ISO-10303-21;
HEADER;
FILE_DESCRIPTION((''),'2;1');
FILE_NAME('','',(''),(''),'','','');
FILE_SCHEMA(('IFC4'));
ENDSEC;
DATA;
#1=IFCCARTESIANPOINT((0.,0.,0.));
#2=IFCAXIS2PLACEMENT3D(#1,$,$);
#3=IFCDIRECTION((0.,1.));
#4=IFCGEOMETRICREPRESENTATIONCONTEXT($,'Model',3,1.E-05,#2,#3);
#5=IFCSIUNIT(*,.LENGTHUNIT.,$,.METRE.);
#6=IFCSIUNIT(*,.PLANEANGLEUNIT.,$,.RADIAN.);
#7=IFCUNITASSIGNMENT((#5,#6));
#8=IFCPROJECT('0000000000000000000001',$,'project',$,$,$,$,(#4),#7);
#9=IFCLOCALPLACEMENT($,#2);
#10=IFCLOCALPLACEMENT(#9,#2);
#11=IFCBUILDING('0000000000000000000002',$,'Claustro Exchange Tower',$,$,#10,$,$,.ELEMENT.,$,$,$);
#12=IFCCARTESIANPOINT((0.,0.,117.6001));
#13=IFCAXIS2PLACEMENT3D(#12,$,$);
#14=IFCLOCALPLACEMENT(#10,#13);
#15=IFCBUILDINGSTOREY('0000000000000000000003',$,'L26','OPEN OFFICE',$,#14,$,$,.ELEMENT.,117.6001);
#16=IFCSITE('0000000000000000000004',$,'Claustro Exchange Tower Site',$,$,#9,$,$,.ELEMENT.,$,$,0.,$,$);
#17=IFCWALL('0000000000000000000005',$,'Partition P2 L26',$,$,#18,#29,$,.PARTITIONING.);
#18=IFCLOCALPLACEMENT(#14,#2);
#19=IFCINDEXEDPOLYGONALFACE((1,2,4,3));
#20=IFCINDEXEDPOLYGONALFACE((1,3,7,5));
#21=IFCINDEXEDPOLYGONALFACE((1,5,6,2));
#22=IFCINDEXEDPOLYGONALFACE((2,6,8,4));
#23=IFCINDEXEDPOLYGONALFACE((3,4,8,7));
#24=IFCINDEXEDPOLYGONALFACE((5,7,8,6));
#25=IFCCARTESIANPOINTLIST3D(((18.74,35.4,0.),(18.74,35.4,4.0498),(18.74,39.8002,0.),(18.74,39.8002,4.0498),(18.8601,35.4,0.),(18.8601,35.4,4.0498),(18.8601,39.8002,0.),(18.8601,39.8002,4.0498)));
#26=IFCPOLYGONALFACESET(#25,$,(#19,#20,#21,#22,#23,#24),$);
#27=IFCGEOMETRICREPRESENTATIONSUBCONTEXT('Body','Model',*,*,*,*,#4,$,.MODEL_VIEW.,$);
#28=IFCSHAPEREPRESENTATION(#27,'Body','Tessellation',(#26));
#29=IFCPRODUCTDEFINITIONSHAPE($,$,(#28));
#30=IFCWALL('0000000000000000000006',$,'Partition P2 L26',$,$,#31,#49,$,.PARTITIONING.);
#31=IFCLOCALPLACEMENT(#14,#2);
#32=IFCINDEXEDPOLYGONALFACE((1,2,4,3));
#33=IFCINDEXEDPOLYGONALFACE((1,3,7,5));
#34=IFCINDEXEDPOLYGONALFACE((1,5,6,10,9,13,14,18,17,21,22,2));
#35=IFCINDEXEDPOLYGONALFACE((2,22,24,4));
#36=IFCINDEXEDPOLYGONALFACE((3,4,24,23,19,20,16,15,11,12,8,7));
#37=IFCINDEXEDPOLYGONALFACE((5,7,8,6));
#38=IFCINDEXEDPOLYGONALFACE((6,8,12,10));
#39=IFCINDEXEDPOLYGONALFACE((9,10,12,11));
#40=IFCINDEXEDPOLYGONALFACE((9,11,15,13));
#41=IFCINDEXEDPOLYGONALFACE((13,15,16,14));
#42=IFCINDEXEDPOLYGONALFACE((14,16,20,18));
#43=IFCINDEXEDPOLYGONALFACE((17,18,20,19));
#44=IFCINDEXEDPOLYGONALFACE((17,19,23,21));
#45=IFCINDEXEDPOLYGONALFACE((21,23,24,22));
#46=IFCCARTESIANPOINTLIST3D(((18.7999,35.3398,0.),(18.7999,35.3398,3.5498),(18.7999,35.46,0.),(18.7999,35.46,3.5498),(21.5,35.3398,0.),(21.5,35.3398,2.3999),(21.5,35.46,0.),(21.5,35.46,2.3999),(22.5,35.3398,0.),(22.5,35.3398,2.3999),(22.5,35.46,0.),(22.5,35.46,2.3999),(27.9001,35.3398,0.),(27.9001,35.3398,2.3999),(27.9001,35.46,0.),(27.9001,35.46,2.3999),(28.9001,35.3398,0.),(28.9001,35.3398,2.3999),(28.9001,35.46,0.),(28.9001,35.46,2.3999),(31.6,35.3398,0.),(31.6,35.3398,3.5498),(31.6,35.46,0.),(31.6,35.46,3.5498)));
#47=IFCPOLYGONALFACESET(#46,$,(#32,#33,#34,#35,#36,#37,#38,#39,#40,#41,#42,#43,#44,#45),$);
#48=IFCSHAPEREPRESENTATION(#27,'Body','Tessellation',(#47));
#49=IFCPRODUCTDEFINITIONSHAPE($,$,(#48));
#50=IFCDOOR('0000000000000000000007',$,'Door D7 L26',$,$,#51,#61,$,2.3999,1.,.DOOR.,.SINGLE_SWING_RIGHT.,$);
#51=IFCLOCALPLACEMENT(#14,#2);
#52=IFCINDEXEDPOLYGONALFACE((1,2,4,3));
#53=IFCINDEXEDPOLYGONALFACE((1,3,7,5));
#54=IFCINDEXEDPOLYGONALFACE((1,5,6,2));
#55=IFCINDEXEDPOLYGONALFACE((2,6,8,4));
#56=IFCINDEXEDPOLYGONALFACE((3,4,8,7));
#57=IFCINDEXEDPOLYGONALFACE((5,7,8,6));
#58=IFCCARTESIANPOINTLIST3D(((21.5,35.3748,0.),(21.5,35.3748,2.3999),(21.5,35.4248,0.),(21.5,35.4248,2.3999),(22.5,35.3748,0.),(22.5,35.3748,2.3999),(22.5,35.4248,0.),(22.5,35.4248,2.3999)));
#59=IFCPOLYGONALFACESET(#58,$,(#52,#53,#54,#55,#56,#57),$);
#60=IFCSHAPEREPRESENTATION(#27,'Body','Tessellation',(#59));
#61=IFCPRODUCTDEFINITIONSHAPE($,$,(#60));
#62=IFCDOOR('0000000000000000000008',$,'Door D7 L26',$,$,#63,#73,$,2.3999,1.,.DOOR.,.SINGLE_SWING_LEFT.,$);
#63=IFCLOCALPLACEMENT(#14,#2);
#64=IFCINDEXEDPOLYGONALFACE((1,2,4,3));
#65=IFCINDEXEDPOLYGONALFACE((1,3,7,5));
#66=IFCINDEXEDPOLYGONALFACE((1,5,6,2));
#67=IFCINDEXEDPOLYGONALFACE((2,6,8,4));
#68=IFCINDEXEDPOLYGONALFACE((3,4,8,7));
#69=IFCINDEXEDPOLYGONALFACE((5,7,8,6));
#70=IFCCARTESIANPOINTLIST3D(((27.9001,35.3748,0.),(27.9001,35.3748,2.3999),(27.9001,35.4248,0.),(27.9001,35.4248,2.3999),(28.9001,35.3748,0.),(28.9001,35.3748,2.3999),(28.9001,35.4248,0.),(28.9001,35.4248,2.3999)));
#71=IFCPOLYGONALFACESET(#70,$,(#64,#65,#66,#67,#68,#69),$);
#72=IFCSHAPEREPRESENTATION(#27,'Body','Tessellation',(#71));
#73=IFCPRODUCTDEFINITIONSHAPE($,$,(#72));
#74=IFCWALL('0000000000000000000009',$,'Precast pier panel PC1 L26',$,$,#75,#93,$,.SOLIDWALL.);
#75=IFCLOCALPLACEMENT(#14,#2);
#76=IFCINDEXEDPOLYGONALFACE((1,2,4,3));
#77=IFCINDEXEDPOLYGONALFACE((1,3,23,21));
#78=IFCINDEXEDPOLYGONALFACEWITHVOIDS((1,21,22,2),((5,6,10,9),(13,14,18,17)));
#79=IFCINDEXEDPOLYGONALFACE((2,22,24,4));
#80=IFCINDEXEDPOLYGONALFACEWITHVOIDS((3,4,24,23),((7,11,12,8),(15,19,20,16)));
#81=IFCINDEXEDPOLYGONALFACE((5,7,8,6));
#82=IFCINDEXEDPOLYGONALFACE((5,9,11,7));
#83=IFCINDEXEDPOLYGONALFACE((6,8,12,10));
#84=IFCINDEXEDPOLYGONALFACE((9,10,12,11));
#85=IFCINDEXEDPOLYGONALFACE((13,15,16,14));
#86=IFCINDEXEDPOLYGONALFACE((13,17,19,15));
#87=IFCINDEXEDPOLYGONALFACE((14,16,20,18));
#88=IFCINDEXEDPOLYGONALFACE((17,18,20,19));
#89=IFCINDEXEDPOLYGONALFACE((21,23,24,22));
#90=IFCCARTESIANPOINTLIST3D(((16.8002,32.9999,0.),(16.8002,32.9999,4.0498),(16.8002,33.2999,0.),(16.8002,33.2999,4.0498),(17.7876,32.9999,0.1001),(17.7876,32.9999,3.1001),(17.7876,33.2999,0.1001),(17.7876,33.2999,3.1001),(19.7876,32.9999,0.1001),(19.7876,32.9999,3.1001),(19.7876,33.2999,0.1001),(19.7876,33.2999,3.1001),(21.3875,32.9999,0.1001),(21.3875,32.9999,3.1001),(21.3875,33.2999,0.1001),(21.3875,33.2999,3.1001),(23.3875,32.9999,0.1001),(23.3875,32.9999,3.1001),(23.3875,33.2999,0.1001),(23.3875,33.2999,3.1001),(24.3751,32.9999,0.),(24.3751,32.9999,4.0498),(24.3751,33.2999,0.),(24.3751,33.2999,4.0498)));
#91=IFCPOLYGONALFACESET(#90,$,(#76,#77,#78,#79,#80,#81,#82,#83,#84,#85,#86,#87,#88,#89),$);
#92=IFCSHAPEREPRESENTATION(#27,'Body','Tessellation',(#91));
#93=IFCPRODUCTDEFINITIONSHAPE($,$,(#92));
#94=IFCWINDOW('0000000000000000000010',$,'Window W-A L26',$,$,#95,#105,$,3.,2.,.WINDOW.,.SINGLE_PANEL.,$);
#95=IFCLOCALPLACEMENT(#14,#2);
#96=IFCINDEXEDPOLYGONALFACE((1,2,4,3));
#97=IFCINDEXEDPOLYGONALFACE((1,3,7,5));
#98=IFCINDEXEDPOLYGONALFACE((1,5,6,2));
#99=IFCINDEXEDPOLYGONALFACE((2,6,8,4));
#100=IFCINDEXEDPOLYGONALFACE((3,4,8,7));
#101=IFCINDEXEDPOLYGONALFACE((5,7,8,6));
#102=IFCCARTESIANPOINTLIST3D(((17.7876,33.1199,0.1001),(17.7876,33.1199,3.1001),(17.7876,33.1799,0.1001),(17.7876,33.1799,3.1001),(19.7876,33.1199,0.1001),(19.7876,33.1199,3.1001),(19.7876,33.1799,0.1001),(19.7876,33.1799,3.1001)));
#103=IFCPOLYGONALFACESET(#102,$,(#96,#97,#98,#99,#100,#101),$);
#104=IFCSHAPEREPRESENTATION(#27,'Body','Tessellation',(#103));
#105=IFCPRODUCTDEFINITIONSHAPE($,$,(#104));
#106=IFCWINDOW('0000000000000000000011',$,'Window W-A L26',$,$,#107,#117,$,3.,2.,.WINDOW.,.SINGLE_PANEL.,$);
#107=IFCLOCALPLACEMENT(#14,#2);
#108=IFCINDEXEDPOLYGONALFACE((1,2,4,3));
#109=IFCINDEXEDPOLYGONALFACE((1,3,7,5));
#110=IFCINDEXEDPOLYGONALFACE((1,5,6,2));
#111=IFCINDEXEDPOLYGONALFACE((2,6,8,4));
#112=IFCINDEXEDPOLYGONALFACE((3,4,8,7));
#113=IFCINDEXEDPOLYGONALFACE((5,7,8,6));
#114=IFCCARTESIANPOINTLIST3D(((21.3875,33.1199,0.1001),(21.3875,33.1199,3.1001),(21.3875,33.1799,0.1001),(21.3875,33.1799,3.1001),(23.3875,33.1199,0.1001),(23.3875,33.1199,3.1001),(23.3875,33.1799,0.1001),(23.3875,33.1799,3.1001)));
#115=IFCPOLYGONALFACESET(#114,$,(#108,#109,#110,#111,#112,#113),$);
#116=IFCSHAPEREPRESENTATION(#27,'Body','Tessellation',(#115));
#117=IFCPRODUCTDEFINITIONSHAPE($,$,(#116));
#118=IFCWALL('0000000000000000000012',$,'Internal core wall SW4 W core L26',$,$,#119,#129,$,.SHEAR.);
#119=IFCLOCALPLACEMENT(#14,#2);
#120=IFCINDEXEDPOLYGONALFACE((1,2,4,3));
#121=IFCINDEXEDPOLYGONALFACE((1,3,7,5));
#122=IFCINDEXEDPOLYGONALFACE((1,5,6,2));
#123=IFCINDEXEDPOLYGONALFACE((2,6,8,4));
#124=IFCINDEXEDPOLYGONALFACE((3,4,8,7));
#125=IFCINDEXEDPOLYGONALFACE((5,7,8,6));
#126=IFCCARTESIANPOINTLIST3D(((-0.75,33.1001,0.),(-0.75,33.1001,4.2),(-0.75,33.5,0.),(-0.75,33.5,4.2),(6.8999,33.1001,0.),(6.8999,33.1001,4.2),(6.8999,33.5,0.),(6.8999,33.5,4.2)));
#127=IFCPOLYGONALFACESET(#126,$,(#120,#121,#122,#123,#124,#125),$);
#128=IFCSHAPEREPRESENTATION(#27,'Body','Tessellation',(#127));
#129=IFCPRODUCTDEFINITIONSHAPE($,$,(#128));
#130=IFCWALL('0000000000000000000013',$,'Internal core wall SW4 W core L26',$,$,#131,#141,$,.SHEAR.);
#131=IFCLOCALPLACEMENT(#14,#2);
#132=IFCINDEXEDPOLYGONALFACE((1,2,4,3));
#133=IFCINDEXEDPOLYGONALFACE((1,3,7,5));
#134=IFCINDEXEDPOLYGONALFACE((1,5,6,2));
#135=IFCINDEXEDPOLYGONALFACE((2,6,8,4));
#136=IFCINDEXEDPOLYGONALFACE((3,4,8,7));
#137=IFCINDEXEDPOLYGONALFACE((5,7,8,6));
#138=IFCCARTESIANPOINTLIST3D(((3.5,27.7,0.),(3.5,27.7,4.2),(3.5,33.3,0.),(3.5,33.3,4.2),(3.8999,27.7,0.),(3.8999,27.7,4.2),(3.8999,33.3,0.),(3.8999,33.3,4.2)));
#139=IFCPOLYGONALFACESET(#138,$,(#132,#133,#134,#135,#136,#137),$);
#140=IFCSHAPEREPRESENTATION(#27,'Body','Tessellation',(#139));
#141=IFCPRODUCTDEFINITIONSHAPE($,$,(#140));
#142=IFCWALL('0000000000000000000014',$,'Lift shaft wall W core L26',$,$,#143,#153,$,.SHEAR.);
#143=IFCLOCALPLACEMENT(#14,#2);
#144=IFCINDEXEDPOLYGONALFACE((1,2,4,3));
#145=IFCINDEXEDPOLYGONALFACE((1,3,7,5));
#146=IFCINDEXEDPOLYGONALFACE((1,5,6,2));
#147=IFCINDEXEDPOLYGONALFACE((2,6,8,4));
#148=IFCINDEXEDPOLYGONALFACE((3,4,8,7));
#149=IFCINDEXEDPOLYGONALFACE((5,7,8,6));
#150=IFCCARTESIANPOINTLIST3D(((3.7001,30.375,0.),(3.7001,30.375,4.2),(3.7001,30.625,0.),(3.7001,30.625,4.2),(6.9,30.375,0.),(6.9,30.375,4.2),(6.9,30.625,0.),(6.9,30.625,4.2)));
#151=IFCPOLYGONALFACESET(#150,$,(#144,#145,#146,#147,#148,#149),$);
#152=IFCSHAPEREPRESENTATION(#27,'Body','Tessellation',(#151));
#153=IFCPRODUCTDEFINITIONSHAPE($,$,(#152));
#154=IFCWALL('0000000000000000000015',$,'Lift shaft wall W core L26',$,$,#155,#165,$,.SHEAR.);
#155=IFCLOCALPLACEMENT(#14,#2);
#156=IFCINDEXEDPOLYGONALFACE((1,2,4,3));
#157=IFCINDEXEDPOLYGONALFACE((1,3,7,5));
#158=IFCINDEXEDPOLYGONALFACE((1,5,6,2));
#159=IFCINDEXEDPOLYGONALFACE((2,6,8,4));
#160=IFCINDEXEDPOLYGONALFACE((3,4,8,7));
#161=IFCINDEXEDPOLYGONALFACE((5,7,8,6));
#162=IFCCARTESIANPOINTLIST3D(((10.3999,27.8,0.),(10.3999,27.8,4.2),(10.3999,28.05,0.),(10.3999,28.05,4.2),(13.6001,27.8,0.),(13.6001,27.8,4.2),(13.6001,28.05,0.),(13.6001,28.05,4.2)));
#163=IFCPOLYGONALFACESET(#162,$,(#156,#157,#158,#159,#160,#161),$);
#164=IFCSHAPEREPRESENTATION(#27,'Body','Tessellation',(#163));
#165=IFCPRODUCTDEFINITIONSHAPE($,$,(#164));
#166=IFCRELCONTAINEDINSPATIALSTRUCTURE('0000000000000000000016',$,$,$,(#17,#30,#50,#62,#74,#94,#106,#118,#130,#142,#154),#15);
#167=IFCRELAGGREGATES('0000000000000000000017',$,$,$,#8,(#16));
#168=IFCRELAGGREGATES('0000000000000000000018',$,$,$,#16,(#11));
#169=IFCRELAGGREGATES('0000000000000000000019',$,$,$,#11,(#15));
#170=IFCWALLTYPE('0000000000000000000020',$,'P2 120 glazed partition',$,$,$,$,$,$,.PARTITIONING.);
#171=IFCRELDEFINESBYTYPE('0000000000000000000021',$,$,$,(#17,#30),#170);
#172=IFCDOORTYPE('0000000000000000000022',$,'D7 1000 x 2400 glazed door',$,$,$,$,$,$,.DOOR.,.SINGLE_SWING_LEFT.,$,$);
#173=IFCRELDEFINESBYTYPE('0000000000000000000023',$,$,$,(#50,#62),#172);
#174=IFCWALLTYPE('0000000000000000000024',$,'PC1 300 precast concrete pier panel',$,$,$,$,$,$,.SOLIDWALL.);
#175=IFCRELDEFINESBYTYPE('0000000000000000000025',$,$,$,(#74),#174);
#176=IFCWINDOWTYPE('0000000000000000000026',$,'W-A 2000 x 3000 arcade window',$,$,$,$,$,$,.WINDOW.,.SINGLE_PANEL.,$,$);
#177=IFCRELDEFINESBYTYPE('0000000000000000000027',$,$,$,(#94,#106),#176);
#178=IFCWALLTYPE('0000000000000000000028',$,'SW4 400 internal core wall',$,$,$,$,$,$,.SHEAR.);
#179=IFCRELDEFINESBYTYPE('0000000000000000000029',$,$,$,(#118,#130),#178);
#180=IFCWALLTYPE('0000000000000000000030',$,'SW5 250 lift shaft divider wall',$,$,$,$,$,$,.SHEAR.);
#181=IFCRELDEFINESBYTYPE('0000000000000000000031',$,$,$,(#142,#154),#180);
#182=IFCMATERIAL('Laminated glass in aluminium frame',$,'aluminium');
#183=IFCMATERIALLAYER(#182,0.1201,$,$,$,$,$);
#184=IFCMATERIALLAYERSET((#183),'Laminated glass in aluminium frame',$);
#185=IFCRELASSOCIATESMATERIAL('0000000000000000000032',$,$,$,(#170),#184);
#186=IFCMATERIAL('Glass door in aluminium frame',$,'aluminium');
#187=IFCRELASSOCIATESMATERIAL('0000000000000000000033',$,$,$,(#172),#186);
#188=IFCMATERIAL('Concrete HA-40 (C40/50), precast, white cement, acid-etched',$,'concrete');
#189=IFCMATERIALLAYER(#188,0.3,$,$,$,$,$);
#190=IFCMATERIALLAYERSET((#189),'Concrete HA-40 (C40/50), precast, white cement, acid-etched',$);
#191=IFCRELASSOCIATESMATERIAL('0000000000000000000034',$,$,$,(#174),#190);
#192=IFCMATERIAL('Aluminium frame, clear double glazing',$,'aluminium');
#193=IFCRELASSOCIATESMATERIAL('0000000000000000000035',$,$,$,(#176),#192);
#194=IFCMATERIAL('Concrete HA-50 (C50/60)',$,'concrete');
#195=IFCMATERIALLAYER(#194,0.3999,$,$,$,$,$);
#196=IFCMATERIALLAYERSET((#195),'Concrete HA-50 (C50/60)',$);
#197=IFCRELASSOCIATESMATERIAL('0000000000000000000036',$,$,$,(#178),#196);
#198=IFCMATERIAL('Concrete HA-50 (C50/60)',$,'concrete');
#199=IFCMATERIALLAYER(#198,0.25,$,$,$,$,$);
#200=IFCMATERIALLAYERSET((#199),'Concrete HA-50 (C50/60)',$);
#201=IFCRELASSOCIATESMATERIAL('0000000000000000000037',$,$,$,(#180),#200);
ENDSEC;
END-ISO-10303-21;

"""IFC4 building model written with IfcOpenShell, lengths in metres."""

from ifc_helpers import new_model, si_unit, direction, frame, frame_2d, origin, place, context, subcontext, project, spatial, rectangle, extrude, material, layer, layer_set, type_object, element, fill, save


model = new_model("IFC4")

# Units and contexts
model_context = context("Model", 3, precision=1e-05, world=origin(), true_north=direction((0.0, 1.0)))
body_context = subcontext(model_context, "Body", "Model", "MODEL_VIEW")
ifc_project = project(units=[si_unit("LENGTHUNIT", "METRE"), si_unit("PLANEANGLEUNIT", "RADIAN")], contexts=[model_context])

# Site, building, storey
site_placement = place(None, origin())
site = spatial("IfcSite", under=ifc_project, at=site_placement, Name="Claustro Exchange Tower Site", CompositionType="ELEMENT", RefElevation=0.0)
building_placement = place(site_placement, origin())
building = spatial("IfcBuilding", under=site, at=building_placement, Name="Claustro Exchange Tower", CompositionType="ELEMENT")
storey_placement = place(building_placement, frame((0.0, 0.0, 117.6001)))
storey = spatial("IfcBuildingStorey", under=building, at=storey_placement, Name="L26", Description="OPEN OFFICE", CompositionType="ELEMENT", Elevation=117.6001)

# Wall
ifc_material_1 = material(Name="Laminated glass in aluminium frame", Category="aluminium")
ifc_layer_1 = layer(ifc_material_1, 0.1201)
ifc_layer_set_1 = layer_set([ifc_layer_1], Name="Laminated glass in aluminium frame")
wall_type_1 = type_object("IfcWallType", Name="P2 120 glazed partition", PredefinedType="PARTITIONING", material=ifc_layer_set_1)
wall_1_placement = place(storey_placement, frame((18.8, 35.3999, 0.0), z_axis=(0.0, 0.0, 1.0), x_axis=(0.0, 1.0, 0.0)))
element("IfcWall", 1, at=wall_1_placement, inside=storey, type_object=wall_type_1, Name="Partition P2 L26", PredefinedType="PARTITIONING", context=body_context, shape_type="SweptSolid", body=[
    extrude(rectangle(XDim=4.4001, YDim=0.1201, at=frame_2d((2.2002, 0.0))), origin(), (0.0, 0.0, 1.0), 4.0498),
])

# Wall, openings, doors
wall_2_placement = place(storey_placement, frame((18.8, 35.3999, 0.0), z_axis=(0.0, 0.0, 1.0), x_axis=(1.0, 0.0, 0.0)))
wall_2 = element("IfcWall", 2, at=wall_2_placement, inside=storey, type_object=wall_type_1, Name="Partition P2 L26", PredefinedType="PARTITIONING", context=body_context, shape_type="SweptSolid", body=[
    extrude(rectangle(XDim=12.8, YDim=0.1201, at=frame_2d((6.3999, 0.0))), origin(), (0.0, 0.0, 1.0), 3.5498),
])
opening_1_placement = place(wall_2_placement, frame((2.7, 0.0, 0.0)))
opening_1 = element("IfcOpeningElement", 3, at=opening_1_placement, cuts=wall_2, PredefinedType="OPENING", context=body_context, shape_type="SweptSolid", body=[
    extrude(rectangle(XDim=1.0, YDim=2.3999, at=frame_2d((0.5, 1.2))), frame((0.0, 0.0701, 0.0), z_axis=(0.0, -1.0, 0.0), x_axis=(1.0, 0.0, 0.0)), (0.0, 0.0, 1.0), 0.1401),
])
opening_2_placement = place(wall_2_placement, frame((9.1001, 0.0, 0.0)))
opening_2 = element("IfcOpeningElement", 4, at=opening_2_placement, cuts=wall_2, PredefinedType="OPENING", context=body_context, shape_type="SweptSolid", body=[
    extrude(rectangle(XDim=1.0, YDim=2.3999, at=frame_2d((0.5, 1.2))), frame((0.0, 0.0701, 0.0), z_axis=(0.0, -1.0, 0.0), x_axis=(1.0, 0.0, 0.0)), (0.0, 0.0, 1.0), 0.1401),
])
ifc_material_2 = material(Name="Glass door in aluminium frame", Category="aluminium")
door_type_1 = type_object("IfcDoorType", Name="D7 1000 x 2400 glazed door", OperationType="SINGLE_SWING_LEFT", PredefinedType="DOOR", material=ifc_material_2)
door_1_placement = place(opening_1_placement, origin())
door_1 = element("IfcDoor", 5, at=door_1_placement, inside=storey, type_object=door_type_1, Name="Door D7 L26", OperationType="SINGLE_SWING_RIGHT", OverallHeight=2.3999, OverallWidth=1.0, PredefinedType="DOOR", context=body_context, shape_type="SweptSolid", body=[
    extrude(rectangle(XDim=1.0, YDim=2.3999, at=frame_2d((0.5, 1.2))), frame((0.0, 0.0249, 0.0), z_axis=(0.0, -1.0, 0.0), x_axis=(1.0, 0.0, 0.0)), (0.0, 0.0, 1.0), 0.05),
])
fill(opening_1, door_1)
door_2_placement = place(opening_2_placement, origin())
door_2 = element("IfcDoor", 6, at=door_2_placement, inside=storey, type_object=door_type_1, Name="Door D7 L26", OperationType="SINGLE_SWING_LEFT", OverallHeight=2.3999, OverallWidth=1.0, PredefinedType="DOOR", context=body_context, shape_type="SweptSolid", body=[
    extrude(rectangle(XDim=1.0, YDim=2.3999, at=frame_2d((0.5, 1.2))), frame((0.0, 0.0249, 0.0), z_axis=(0.0, -1.0, 0.0), x_axis=(1.0, 0.0, 0.0)), (0.0, 0.0, 1.0), 0.05),
])
fill(opening_2, door_2)

# Wall, openings, windows
ifc_material_3 = material(Name="Concrete HA-40 (C40/50), precast, white cement, acid-etched", Category="concrete")
ifc_layer_2 = layer(ifc_material_3, 0.3)
ifc_layer_set_2 = layer_set([ifc_layer_2], Name="Concrete HA-40 (C40/50), precast, white cement, acid-etched")
wall_type_2 = type_object("IfcWallType", Name="PC1 300 precast concrete pier panel", PredefinedType="SOLIDWALL", material=ifc_layer_set_2)
wall_3_placement = place(storey_placement, frame((16.8, 33.1499, 0.0), z_axis=(0.0, 0.0, 1.0), x_axis=(1.0, 0.0, 0.0)))
wall_3 = element("IfcWall", 7, at=wall_3_placement, inside=storey, type_object=wall_type_2, Name="Precast pier panel PC1 L26", PredefinedType="SOLIDWALL", context=body_context, shape_type="SweptSolid", body=[
    extrude(rectangle(XDim=7.575, YDim=0.3, at=frame_2d((3.7876, 0.0))), origin(), (0.0, 0.0, 1.0), 4.0498),
])
opening_3_placement = place(wall_3_placement, frame((0.9875, 0.0, 0.1001)))
opening_3 = element("IfcOpeningElement", 8, at=opening_3_placement, cuts=wall_3, PredefinedType="OPENING", context=body_context, shape_type="SweptSolid", body=[
    extrude(rectangle(XDim=2.0, YDim=3.0, at=frame_2d((1.0, 1.5))), frame((0.0, 0.1599, 0.0), z_axis=(0.0, -1.0, 0.0), x_axis=(1.0, 0.0, 0.0)), (0.0, 0.0, 1.0), 0.3201),
])
opening_4_placement = place(wall_3_placement, frame((4.5874, 0.0, 0.1001)))
opening_4 = element("IfcOpeningElement", 9, at=opening_4_placement, cuts=wall_3, PredefinedType="OPENING", context=body_context, shape_type="SweptSolid", body=[
    extrude(rectangle(XDim=2.0, YDim=3.0, at=frame_2d((1.0, 1.5))), frame((0.0, 0.1599, 0.0), z_axis=(0.0, -1.0, 0.0), x_axis=(1.0, 0.0, 0.0)), (0.0, 0.0, 1.0), 0.3201),
])
ifc_material_4 = material(Name="Aluminium frame, clear double glazing", Category="aluminium")
window_type = type_object("IfcWindowType", Name="W-A 2000 x 3000 arcade window", PartitioningType="SINGLE_PANEL", PredefinedType="WINDOW", material=ifc_material_4)
window_1_placement = place(opening_3_placement, origin())
window_1 = element("IfcWindow", 10, at=window_1_placement, inside=storey, type_object=window_type, Name="Window W-A L26", OverallHeight=3.0, OverallWidth=2.0, PartitioningType="SINGLE_PANEL", PredefinedType="WINDOW", context=body_context, shape_type="SweptSolid", body=[
    extrude(rectangle(XDim=2.0, YDim=3.0, at=frame_2d((1.0, 1.5))), frame((0.0, 0.03, 0.0), z_axis=(0.0, -1.0, 0.0), x_axis=(1.0, 0.0, 0.0)), (0.0, 0.0, 1.0), 0.0601),
])
fill(opening_3, window_1)
window_2_placement = place(opening_4_placement, origin())
window_2 = element("IfcWindow", 11, at=window_2_placement, inside=storey, type_object=window_type, Name="Window W-A L26", OverallHeight=3.0, OverallWidth=2.0, PartitioningType="SINGLE_PANEL", PredefinedType="WINDOW", context=body_context, shape_type="SweptSolid", body=[
    extrude(rectangle(XDim=2.0, YDim=3.0, at=frame_2d((1.0, 1.5))), frame((0.0, 0.03, 0.0), z_axis=(0.0, -1.0, 0.0), x_axis=(1.0, 0.0, 0.0)), (0.0, 0.0, 1.0), 0.0601),
])
fill(opening_4, window_2)

# Walls
ifc_material_5 = material(Name="Concrete HA-50 (C50/60)", Category="concrete")
ifc_layer_3 = layer(ifc_material_5, 0.3999)
ifc_layer_set_3 = layer_set([ifc_layer_3], Name="Concrete HA-50 (C50/60)")
wall_type_3 = type_object("IfcWallType", Name="SW4 400 internal core wall", PredefinedType="SHEAR", material=ifc_layer_set_3)
wall_4_placement = place(storey_placement, frame((-0.75, 33.3, 0.0), z_axis=(0.0, 0.0, 1.0), x_axis=(1.0, 0.0, 0.0)))
element("IfcWall", 12, at=wall_4_placement, inside=storey, type_object=wall_type_3, Name="Internal core wall SW4 W core L26", PredefinedType="SHEAR", context=body_context, shape_type="SweptSolid", body=[
    extrude(rectangle(XDim=7.6499, YDim=0.3999, at=frame_2d((3.825, 0.0))), origin(), (0.0, 0.0, 1.0), 4.2),
])
wall_5_placement = place(storey_placement, frame((3.7, 27.7, 0.0), z_axis=(0.0, 0.0, 1.0), x_axis=(0.0, 1.0, 0.0)))
element("IfcWall", 13, at=wall_5_placement, inside=storey, type_object=wall_type_3, Name="Internal core wall SW4 W core L26", PredefinedType="SHEAR", context=body_context, shape_type="SweptSolid", body=[
    extrude(rectangle(XDim=5.6001, YDim=0.3999, at=frame_2d((2.8, 0.0))), origin(), (0.0, 0.0, 1.0), 4.2),
])
ifc_material_6 = material(Name="Concrete HA-50 (C50/60)", Category="concrete")
ifc_layer_4 = layer(ifc_material_6, 0.25)
ifc_layer_set_4 = layer_set([ifc_layer_4], Name="Concrete HA-50 (C50/60)")
wall_type_4 = type_object("IfcWallType", Name="SW5 250 lift shaft divider wall", PredefinedType="SHEAR", material=ifc_layer_set_4)
wall_6_placement = place(storey_placement, frame((3.7, 30.5, 0.0), z_axis=(0.0, 0.0, 1.0), x_axis=(1.0, 0.0, 0.0)))
element("IfcWall", 14, at=wall_6_placement, inside=storey, type_object=wall_type_4, Name="Lift shaft wall W core L26", PredefinedType="SHEAR", context=body_context, shape_type="SweptSolid", body=[
    extrude(rectangle(XDim=3.2, YDim=0.25, at=frame_2d((1.6001, 0.0))), origin(), (0.0, 0.0, 1.0), 4.2),
])
for number, where, z_axis, x_axis, name in (
    (15, (10.3999, 27.925, 0.0), (0.0, 0.0, 1.0), (1.0, 0.0, 0.0), "Lift shaft wall W core L26"),
):
    element("IfcWall", number, at=place(storey_placement, frame(where, z_axis=z_axis, x_axis=x_axis)), inside=storey, type_object=wall_type_4, Name=name, PredefinedType="SHEAR", context=body_context, shape_type="SweptSolid", body=[
        extrude(rectangle(XDim=3.2002, YDim=0.25, at=frame_2d((1.6001, 0.0))), origin(), (0.0, 0.0, 1.0), 4.2),
    ])

save(model, "model.ifc")
